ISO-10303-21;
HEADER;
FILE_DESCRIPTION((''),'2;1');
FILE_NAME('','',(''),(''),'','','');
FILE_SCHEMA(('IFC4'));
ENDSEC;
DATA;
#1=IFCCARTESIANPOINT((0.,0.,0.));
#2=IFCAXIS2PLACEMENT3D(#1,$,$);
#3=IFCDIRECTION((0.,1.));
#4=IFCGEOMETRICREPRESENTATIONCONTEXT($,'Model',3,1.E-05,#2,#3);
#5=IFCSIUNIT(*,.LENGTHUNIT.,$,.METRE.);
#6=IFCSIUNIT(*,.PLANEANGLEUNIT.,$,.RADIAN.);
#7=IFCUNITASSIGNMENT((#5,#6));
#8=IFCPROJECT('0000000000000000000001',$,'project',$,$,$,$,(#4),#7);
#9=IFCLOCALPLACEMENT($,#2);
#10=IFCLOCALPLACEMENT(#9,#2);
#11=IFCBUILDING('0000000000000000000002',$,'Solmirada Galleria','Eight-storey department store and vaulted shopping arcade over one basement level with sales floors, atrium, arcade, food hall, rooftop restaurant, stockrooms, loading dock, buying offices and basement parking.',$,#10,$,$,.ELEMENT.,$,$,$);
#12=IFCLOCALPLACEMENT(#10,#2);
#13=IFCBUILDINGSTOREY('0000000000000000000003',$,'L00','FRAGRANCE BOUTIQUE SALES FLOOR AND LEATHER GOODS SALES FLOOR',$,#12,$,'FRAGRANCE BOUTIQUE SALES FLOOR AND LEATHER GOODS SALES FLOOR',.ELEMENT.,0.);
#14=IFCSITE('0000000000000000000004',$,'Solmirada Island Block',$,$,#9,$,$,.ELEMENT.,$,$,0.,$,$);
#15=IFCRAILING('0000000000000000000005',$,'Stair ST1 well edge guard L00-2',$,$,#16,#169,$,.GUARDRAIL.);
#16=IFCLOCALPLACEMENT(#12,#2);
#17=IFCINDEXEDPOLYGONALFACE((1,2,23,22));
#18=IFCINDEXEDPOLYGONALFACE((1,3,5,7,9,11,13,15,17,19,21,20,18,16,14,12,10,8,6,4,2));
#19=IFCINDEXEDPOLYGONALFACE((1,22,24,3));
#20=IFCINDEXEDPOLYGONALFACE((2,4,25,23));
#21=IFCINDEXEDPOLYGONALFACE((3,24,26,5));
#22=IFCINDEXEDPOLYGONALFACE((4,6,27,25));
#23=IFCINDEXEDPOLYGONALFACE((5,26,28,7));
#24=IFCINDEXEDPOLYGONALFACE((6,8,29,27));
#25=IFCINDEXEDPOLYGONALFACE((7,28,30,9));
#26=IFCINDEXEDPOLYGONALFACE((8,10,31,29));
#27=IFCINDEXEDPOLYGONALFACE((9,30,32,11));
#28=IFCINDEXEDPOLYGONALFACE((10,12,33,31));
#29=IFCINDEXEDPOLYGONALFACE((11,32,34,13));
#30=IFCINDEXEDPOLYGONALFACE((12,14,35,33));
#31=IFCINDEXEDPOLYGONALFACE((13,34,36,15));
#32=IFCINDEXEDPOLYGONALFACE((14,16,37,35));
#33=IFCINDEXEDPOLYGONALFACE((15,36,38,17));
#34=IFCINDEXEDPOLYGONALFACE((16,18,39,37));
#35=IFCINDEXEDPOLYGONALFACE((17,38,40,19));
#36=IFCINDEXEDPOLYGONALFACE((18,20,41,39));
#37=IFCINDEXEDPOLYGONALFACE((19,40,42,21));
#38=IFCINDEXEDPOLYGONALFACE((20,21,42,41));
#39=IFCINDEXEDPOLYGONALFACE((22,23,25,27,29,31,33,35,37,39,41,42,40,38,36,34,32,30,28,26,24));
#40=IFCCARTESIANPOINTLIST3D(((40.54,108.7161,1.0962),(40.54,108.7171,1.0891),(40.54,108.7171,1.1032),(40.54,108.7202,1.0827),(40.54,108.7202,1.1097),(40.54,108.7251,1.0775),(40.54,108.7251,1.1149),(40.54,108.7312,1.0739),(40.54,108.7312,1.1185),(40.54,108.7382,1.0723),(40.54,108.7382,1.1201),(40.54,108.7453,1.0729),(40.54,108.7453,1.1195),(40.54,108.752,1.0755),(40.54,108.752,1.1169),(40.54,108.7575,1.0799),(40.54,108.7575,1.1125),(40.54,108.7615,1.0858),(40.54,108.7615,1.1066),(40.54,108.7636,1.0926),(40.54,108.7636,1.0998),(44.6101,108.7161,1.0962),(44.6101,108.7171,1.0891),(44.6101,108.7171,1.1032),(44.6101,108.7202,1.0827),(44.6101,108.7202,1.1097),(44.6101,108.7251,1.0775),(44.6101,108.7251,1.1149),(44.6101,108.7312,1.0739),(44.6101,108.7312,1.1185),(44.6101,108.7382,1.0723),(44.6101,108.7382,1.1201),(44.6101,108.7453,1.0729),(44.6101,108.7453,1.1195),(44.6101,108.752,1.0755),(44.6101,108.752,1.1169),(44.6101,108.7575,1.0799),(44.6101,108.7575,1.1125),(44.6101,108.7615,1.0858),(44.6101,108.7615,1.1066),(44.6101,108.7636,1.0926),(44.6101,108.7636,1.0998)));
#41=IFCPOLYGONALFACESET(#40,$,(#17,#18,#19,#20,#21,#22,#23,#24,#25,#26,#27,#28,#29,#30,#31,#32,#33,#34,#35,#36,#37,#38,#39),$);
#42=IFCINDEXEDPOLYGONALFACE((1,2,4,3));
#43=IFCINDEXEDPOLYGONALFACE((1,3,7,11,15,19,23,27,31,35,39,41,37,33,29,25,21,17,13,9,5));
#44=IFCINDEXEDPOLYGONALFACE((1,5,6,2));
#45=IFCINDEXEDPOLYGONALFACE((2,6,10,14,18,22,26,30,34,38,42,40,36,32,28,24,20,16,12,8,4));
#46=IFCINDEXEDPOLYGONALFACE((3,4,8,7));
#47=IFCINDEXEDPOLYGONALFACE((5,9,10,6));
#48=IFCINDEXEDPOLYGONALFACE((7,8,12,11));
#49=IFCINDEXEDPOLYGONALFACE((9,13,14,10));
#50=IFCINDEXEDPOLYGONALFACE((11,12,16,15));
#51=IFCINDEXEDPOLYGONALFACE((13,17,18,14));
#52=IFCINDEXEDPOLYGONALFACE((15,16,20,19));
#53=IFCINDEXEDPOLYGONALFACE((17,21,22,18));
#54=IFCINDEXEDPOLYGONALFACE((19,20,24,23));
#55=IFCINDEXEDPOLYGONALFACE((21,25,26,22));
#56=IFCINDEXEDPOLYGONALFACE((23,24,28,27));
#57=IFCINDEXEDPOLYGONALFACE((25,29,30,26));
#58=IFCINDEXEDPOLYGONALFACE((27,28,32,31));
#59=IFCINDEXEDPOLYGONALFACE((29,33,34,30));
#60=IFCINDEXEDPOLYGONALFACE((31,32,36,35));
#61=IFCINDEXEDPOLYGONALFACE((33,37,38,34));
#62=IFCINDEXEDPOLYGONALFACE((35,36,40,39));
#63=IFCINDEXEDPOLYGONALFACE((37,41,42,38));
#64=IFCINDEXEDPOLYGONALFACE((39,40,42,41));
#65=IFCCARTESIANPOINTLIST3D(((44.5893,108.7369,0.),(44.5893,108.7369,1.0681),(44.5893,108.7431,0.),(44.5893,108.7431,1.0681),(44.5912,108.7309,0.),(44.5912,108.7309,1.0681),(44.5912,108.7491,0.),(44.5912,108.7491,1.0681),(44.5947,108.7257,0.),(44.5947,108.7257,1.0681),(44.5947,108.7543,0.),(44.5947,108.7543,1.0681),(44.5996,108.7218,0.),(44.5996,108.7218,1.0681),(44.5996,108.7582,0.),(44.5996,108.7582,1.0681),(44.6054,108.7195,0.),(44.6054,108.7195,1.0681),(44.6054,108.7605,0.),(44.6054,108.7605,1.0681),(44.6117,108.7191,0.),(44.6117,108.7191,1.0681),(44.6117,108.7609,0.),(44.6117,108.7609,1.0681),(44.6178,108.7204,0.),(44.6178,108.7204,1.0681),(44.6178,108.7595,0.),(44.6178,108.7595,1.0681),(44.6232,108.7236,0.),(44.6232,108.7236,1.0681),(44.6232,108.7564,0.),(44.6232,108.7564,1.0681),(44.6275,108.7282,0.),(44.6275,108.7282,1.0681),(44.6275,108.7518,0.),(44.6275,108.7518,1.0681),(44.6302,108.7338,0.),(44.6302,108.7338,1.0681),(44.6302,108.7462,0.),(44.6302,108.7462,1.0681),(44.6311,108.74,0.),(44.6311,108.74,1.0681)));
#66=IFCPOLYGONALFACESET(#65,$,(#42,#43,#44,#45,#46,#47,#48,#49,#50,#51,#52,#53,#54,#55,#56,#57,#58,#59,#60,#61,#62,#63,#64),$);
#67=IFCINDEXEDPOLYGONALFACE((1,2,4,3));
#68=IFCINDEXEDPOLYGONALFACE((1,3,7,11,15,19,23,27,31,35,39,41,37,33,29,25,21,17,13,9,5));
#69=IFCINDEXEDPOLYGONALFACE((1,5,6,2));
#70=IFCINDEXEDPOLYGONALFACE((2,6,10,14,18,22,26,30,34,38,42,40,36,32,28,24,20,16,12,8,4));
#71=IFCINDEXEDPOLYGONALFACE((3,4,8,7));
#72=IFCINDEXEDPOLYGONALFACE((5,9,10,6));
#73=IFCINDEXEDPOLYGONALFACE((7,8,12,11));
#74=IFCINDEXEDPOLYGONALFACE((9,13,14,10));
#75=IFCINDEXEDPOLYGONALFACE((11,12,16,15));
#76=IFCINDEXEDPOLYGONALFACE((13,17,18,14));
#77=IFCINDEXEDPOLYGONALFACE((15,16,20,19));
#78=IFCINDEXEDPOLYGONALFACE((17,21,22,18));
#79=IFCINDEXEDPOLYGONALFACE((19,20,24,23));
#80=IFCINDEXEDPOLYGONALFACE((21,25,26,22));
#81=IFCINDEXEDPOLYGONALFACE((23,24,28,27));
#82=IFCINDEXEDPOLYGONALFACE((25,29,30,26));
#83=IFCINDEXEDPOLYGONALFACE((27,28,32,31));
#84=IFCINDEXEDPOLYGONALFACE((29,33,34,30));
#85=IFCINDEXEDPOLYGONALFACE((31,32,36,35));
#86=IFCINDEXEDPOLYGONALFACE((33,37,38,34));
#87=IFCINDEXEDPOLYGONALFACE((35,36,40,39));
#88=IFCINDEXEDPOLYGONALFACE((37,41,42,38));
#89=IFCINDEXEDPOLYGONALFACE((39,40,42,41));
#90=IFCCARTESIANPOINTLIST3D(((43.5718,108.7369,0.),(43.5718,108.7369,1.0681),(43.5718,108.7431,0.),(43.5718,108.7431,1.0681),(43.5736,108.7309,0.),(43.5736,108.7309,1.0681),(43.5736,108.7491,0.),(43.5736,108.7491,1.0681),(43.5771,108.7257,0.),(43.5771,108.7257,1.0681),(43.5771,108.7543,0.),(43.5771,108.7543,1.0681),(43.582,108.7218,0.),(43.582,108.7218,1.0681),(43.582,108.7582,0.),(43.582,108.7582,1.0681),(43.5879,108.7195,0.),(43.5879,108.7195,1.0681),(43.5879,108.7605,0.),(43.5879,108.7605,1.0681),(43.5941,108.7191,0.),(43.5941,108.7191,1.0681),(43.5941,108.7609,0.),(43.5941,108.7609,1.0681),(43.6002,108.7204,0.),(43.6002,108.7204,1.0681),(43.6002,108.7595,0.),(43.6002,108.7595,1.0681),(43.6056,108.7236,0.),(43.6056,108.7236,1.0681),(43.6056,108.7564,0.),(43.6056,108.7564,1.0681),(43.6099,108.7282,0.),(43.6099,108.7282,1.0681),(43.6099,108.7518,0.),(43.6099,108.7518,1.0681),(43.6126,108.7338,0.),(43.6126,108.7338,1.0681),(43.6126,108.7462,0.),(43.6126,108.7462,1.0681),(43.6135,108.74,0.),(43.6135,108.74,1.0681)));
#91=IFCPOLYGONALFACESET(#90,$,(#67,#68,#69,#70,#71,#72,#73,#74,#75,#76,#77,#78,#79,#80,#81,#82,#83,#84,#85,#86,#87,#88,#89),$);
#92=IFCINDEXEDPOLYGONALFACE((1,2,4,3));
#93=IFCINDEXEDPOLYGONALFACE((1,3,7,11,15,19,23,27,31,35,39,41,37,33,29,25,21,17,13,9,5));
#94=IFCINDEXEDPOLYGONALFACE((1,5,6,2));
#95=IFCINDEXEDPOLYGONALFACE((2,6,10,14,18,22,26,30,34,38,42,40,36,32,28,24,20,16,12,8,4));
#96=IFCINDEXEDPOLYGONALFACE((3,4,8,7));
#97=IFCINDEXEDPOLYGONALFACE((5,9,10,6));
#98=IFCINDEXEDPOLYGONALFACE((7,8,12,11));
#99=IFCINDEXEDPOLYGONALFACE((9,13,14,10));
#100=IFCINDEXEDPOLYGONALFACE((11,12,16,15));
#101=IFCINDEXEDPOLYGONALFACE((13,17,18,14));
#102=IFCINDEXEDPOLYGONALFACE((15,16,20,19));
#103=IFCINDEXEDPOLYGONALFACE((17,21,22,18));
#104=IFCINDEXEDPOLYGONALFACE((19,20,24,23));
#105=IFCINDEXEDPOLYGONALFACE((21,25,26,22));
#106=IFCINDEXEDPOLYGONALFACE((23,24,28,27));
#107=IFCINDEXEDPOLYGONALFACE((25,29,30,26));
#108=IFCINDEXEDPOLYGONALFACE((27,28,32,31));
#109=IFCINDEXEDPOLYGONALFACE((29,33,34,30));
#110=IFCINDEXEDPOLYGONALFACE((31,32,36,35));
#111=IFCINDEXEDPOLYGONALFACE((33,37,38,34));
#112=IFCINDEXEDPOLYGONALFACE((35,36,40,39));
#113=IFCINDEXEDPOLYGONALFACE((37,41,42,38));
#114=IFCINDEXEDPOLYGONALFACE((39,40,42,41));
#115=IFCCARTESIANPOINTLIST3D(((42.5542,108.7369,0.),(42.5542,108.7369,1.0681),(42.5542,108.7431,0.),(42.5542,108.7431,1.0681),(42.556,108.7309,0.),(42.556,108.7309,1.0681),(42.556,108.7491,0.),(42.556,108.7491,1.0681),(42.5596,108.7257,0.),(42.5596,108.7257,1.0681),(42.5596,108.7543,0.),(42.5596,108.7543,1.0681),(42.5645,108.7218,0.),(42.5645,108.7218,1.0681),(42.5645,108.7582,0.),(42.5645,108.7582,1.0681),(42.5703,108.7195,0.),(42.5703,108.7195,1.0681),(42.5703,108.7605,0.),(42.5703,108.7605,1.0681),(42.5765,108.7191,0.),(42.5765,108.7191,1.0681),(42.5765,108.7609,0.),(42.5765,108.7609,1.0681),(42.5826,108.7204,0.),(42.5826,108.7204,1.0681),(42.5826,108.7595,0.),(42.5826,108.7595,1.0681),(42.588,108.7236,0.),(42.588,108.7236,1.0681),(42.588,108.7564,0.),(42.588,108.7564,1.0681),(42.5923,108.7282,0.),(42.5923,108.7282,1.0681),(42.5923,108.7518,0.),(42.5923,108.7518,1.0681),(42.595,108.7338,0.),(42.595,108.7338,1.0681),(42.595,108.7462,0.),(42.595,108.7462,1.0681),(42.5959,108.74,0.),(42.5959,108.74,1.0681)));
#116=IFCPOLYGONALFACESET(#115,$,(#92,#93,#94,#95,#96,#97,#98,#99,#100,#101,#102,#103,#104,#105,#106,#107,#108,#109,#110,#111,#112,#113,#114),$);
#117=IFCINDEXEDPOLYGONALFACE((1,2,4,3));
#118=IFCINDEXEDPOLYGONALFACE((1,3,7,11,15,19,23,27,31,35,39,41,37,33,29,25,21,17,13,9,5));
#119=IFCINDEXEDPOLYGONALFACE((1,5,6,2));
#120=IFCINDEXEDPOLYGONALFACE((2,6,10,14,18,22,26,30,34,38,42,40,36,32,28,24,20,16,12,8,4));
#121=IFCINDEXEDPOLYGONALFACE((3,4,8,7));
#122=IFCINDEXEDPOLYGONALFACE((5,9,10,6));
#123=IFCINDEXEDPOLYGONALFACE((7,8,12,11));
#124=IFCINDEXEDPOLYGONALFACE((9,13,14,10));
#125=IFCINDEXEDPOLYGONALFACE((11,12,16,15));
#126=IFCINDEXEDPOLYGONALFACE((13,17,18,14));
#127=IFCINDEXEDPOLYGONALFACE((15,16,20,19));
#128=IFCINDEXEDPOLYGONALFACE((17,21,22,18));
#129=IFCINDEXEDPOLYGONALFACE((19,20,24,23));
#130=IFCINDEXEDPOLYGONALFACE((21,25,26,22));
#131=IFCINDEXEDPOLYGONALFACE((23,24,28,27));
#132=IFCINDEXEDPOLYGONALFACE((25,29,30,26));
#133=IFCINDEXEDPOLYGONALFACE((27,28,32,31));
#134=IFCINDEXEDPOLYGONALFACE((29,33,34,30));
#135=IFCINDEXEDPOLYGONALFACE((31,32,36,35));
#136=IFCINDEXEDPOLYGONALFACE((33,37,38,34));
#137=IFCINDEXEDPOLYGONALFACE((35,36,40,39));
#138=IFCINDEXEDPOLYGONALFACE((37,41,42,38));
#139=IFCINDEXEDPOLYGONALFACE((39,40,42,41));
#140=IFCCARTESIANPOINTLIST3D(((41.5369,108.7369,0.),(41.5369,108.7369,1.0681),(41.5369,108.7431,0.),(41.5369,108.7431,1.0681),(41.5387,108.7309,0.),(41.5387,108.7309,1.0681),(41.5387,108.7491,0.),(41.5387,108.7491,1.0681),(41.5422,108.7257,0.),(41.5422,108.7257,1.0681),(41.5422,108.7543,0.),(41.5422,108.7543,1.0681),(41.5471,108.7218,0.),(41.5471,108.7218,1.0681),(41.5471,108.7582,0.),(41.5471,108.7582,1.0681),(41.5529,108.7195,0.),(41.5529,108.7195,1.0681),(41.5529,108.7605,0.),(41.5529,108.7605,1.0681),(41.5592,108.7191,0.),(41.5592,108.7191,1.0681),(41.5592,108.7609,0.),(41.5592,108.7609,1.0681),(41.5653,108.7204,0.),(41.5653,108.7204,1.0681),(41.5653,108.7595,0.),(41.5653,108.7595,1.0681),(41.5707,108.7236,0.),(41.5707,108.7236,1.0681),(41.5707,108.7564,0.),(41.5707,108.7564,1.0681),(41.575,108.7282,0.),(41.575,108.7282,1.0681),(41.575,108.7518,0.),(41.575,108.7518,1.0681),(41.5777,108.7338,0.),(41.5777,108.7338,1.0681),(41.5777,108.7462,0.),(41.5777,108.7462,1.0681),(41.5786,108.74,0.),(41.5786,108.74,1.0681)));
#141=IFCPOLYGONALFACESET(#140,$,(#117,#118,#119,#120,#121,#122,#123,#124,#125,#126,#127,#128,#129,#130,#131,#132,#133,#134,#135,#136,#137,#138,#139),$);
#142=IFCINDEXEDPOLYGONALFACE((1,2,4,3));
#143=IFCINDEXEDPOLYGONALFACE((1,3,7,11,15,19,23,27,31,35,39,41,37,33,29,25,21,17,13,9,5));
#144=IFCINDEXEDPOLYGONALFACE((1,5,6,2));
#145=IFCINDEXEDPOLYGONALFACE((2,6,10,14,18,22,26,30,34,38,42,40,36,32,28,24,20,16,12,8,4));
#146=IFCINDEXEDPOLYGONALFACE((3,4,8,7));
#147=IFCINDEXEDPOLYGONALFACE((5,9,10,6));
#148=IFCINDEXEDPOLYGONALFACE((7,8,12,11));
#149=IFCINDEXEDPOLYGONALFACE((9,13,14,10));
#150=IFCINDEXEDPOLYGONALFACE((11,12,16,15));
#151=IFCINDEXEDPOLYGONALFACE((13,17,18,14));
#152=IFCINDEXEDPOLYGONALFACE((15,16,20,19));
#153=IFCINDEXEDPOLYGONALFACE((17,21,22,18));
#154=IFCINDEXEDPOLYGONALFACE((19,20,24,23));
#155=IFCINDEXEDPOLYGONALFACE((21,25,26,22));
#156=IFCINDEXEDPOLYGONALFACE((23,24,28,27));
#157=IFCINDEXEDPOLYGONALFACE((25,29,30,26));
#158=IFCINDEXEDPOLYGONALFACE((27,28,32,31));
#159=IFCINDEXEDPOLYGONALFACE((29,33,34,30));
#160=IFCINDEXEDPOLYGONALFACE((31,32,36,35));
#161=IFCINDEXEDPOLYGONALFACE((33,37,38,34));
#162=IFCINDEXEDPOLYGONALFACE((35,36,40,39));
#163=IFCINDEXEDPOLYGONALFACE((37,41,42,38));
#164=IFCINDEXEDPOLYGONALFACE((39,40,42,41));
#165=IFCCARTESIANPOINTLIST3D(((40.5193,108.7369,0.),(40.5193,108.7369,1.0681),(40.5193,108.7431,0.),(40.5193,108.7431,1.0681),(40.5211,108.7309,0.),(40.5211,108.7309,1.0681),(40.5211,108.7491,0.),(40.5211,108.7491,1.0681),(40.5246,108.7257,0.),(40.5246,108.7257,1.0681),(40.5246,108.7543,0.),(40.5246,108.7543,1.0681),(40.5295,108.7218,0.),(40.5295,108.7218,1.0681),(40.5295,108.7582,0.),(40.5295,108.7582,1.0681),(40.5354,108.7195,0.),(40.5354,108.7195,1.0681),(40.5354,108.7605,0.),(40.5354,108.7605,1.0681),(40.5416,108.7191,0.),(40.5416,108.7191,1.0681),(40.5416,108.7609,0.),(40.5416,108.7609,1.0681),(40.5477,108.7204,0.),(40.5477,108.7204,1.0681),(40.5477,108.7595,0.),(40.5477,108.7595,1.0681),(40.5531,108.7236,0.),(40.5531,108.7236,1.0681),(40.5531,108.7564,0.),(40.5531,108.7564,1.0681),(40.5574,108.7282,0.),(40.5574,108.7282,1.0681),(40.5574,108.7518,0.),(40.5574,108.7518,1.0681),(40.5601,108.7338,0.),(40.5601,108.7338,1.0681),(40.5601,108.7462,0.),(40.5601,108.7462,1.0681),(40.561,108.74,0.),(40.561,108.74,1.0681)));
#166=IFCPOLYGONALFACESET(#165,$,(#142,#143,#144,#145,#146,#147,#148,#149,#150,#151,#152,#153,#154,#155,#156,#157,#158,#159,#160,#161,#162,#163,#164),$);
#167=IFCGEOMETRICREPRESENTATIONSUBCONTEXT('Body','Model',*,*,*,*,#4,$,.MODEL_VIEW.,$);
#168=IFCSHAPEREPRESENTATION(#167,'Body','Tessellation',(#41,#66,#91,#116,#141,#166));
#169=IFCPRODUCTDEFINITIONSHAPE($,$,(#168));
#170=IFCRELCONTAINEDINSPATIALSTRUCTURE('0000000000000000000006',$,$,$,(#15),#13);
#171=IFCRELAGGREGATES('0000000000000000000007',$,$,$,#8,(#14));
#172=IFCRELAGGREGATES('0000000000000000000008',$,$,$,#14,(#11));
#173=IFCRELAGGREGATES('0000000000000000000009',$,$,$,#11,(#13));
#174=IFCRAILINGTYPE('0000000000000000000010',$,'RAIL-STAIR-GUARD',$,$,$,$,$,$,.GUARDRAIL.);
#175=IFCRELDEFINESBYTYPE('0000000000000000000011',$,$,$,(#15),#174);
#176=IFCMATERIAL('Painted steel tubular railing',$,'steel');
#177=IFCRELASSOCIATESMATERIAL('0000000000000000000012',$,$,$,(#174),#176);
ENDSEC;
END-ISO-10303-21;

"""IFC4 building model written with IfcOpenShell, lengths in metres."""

from ifc_helpers import new_model, si_unit, direction, frame, origin, origin_2d, place, context, subcontext, project, spatial, circle, extrude, material, type_object, element, save


model = new_model("IFC4")

# Units and contexts
model_context = context("Model", 3, precision=1e-05, world=origin(), true_north=direction((0.0, 1.0)))
body_context = subcontext(model_context, "Body", "Model", "MODEL_VIEW")
ifc_project = project(units=[si_unit("LENGTHUNIT", "METRE"), si_unit("PLANEANGLEUNIT", "RADIAN")], contexts=[model_context])

# Site, building, storey
site_placement = place(None, origin())
site = spatial("IfcSite", under=ifc_project, at=site_placement, Name="Solmirada Island Block", CompositionType="ELEMENT", RefElevation=0.0)
building_placement = place(site_placement, origin())
building = spatial("IfcBuilding", under=site, at=building_placement, Name="Solmirada Galleria", Description="Eight-storey department store and vaulted shopping arcade over one basement level with sales floors, atrium, arcade, food hall, rooftop restaurant, stockrooms, loading dock, buying offices and basement parking.", CompositionType="ELEMENT")
storey_placement = place(building_placement, origin())
storey = spatial("IfcBuildingStorey", under=building, at=storey_placement, Name="L00", Description="FRAGRANCE BOUTIQUE SALES FLOOR AND LEATHER GOODS SALES FLOOR", LongName="FRAGRANCE BOUTIQUE SALES FLOOR AND LEATHER GOODS SALES FLOOR", CompositionType="ELEMENT", Elevation=0.0)

# Railing
ifc_material_1 = material(Name="Painted steel tubular railing", Category="steel")
railing_type = type_object("IfcRailingType", Name="RAIL-STAIR-GUARD", PredefinedType="GUARDRAIL", material=ifc_material_1)
railing_1_placement = place(storey_placement, frame((44.6101, 108.74, 0.0)))
element("IfcRailing", 1, at=railing_1_placement, inside=storey, type_object=railing_type, Name="Stair ST1 well edge guard L00-2", PredefinedType="GUARDRAIL", context=body_context, shape_type="SweptSolid", body=[
    extrude(circle(Radius=0.0239, at=origin_2d()), frame((0.0, 0.0, 1.0962), z_axis=(-1.0, 0.0, 0.0), x_axis=(0.0, -1.0, 0.0)), (0.0, 0.0, 1.0), 4.0701),
    extrude(circle(Radius=0.021, at=origin_2d()), origin(), (0.0, 0.0, 1.0), 1.0681),
    extrude(circle(Radius=0.021, at=origin_2d()), frame((-1.0176, 0.0, 0.0)), (0.0, 0.0, 1.0), 1.0681),
    extrude(circle(Radius=0.021, at=origin_2d()), frame((-2.0352, 0.0, 0.0)), (0.0, 0.0, 1.0), 1.0681),
    extrude(circle(Radius=0.021, at=origin_2d()), frame((-3.0525, 0.0, 0.0)), (0.0, 0.0, 1.0), 1.0681),
    extrude(circle(Radius=0.021, at=origin_2d()), frame((-4.0701, 0.0, 0.0)), (0.0, 0.0, 1.0), 1.0681),
])

save(model, "model.ifc")
